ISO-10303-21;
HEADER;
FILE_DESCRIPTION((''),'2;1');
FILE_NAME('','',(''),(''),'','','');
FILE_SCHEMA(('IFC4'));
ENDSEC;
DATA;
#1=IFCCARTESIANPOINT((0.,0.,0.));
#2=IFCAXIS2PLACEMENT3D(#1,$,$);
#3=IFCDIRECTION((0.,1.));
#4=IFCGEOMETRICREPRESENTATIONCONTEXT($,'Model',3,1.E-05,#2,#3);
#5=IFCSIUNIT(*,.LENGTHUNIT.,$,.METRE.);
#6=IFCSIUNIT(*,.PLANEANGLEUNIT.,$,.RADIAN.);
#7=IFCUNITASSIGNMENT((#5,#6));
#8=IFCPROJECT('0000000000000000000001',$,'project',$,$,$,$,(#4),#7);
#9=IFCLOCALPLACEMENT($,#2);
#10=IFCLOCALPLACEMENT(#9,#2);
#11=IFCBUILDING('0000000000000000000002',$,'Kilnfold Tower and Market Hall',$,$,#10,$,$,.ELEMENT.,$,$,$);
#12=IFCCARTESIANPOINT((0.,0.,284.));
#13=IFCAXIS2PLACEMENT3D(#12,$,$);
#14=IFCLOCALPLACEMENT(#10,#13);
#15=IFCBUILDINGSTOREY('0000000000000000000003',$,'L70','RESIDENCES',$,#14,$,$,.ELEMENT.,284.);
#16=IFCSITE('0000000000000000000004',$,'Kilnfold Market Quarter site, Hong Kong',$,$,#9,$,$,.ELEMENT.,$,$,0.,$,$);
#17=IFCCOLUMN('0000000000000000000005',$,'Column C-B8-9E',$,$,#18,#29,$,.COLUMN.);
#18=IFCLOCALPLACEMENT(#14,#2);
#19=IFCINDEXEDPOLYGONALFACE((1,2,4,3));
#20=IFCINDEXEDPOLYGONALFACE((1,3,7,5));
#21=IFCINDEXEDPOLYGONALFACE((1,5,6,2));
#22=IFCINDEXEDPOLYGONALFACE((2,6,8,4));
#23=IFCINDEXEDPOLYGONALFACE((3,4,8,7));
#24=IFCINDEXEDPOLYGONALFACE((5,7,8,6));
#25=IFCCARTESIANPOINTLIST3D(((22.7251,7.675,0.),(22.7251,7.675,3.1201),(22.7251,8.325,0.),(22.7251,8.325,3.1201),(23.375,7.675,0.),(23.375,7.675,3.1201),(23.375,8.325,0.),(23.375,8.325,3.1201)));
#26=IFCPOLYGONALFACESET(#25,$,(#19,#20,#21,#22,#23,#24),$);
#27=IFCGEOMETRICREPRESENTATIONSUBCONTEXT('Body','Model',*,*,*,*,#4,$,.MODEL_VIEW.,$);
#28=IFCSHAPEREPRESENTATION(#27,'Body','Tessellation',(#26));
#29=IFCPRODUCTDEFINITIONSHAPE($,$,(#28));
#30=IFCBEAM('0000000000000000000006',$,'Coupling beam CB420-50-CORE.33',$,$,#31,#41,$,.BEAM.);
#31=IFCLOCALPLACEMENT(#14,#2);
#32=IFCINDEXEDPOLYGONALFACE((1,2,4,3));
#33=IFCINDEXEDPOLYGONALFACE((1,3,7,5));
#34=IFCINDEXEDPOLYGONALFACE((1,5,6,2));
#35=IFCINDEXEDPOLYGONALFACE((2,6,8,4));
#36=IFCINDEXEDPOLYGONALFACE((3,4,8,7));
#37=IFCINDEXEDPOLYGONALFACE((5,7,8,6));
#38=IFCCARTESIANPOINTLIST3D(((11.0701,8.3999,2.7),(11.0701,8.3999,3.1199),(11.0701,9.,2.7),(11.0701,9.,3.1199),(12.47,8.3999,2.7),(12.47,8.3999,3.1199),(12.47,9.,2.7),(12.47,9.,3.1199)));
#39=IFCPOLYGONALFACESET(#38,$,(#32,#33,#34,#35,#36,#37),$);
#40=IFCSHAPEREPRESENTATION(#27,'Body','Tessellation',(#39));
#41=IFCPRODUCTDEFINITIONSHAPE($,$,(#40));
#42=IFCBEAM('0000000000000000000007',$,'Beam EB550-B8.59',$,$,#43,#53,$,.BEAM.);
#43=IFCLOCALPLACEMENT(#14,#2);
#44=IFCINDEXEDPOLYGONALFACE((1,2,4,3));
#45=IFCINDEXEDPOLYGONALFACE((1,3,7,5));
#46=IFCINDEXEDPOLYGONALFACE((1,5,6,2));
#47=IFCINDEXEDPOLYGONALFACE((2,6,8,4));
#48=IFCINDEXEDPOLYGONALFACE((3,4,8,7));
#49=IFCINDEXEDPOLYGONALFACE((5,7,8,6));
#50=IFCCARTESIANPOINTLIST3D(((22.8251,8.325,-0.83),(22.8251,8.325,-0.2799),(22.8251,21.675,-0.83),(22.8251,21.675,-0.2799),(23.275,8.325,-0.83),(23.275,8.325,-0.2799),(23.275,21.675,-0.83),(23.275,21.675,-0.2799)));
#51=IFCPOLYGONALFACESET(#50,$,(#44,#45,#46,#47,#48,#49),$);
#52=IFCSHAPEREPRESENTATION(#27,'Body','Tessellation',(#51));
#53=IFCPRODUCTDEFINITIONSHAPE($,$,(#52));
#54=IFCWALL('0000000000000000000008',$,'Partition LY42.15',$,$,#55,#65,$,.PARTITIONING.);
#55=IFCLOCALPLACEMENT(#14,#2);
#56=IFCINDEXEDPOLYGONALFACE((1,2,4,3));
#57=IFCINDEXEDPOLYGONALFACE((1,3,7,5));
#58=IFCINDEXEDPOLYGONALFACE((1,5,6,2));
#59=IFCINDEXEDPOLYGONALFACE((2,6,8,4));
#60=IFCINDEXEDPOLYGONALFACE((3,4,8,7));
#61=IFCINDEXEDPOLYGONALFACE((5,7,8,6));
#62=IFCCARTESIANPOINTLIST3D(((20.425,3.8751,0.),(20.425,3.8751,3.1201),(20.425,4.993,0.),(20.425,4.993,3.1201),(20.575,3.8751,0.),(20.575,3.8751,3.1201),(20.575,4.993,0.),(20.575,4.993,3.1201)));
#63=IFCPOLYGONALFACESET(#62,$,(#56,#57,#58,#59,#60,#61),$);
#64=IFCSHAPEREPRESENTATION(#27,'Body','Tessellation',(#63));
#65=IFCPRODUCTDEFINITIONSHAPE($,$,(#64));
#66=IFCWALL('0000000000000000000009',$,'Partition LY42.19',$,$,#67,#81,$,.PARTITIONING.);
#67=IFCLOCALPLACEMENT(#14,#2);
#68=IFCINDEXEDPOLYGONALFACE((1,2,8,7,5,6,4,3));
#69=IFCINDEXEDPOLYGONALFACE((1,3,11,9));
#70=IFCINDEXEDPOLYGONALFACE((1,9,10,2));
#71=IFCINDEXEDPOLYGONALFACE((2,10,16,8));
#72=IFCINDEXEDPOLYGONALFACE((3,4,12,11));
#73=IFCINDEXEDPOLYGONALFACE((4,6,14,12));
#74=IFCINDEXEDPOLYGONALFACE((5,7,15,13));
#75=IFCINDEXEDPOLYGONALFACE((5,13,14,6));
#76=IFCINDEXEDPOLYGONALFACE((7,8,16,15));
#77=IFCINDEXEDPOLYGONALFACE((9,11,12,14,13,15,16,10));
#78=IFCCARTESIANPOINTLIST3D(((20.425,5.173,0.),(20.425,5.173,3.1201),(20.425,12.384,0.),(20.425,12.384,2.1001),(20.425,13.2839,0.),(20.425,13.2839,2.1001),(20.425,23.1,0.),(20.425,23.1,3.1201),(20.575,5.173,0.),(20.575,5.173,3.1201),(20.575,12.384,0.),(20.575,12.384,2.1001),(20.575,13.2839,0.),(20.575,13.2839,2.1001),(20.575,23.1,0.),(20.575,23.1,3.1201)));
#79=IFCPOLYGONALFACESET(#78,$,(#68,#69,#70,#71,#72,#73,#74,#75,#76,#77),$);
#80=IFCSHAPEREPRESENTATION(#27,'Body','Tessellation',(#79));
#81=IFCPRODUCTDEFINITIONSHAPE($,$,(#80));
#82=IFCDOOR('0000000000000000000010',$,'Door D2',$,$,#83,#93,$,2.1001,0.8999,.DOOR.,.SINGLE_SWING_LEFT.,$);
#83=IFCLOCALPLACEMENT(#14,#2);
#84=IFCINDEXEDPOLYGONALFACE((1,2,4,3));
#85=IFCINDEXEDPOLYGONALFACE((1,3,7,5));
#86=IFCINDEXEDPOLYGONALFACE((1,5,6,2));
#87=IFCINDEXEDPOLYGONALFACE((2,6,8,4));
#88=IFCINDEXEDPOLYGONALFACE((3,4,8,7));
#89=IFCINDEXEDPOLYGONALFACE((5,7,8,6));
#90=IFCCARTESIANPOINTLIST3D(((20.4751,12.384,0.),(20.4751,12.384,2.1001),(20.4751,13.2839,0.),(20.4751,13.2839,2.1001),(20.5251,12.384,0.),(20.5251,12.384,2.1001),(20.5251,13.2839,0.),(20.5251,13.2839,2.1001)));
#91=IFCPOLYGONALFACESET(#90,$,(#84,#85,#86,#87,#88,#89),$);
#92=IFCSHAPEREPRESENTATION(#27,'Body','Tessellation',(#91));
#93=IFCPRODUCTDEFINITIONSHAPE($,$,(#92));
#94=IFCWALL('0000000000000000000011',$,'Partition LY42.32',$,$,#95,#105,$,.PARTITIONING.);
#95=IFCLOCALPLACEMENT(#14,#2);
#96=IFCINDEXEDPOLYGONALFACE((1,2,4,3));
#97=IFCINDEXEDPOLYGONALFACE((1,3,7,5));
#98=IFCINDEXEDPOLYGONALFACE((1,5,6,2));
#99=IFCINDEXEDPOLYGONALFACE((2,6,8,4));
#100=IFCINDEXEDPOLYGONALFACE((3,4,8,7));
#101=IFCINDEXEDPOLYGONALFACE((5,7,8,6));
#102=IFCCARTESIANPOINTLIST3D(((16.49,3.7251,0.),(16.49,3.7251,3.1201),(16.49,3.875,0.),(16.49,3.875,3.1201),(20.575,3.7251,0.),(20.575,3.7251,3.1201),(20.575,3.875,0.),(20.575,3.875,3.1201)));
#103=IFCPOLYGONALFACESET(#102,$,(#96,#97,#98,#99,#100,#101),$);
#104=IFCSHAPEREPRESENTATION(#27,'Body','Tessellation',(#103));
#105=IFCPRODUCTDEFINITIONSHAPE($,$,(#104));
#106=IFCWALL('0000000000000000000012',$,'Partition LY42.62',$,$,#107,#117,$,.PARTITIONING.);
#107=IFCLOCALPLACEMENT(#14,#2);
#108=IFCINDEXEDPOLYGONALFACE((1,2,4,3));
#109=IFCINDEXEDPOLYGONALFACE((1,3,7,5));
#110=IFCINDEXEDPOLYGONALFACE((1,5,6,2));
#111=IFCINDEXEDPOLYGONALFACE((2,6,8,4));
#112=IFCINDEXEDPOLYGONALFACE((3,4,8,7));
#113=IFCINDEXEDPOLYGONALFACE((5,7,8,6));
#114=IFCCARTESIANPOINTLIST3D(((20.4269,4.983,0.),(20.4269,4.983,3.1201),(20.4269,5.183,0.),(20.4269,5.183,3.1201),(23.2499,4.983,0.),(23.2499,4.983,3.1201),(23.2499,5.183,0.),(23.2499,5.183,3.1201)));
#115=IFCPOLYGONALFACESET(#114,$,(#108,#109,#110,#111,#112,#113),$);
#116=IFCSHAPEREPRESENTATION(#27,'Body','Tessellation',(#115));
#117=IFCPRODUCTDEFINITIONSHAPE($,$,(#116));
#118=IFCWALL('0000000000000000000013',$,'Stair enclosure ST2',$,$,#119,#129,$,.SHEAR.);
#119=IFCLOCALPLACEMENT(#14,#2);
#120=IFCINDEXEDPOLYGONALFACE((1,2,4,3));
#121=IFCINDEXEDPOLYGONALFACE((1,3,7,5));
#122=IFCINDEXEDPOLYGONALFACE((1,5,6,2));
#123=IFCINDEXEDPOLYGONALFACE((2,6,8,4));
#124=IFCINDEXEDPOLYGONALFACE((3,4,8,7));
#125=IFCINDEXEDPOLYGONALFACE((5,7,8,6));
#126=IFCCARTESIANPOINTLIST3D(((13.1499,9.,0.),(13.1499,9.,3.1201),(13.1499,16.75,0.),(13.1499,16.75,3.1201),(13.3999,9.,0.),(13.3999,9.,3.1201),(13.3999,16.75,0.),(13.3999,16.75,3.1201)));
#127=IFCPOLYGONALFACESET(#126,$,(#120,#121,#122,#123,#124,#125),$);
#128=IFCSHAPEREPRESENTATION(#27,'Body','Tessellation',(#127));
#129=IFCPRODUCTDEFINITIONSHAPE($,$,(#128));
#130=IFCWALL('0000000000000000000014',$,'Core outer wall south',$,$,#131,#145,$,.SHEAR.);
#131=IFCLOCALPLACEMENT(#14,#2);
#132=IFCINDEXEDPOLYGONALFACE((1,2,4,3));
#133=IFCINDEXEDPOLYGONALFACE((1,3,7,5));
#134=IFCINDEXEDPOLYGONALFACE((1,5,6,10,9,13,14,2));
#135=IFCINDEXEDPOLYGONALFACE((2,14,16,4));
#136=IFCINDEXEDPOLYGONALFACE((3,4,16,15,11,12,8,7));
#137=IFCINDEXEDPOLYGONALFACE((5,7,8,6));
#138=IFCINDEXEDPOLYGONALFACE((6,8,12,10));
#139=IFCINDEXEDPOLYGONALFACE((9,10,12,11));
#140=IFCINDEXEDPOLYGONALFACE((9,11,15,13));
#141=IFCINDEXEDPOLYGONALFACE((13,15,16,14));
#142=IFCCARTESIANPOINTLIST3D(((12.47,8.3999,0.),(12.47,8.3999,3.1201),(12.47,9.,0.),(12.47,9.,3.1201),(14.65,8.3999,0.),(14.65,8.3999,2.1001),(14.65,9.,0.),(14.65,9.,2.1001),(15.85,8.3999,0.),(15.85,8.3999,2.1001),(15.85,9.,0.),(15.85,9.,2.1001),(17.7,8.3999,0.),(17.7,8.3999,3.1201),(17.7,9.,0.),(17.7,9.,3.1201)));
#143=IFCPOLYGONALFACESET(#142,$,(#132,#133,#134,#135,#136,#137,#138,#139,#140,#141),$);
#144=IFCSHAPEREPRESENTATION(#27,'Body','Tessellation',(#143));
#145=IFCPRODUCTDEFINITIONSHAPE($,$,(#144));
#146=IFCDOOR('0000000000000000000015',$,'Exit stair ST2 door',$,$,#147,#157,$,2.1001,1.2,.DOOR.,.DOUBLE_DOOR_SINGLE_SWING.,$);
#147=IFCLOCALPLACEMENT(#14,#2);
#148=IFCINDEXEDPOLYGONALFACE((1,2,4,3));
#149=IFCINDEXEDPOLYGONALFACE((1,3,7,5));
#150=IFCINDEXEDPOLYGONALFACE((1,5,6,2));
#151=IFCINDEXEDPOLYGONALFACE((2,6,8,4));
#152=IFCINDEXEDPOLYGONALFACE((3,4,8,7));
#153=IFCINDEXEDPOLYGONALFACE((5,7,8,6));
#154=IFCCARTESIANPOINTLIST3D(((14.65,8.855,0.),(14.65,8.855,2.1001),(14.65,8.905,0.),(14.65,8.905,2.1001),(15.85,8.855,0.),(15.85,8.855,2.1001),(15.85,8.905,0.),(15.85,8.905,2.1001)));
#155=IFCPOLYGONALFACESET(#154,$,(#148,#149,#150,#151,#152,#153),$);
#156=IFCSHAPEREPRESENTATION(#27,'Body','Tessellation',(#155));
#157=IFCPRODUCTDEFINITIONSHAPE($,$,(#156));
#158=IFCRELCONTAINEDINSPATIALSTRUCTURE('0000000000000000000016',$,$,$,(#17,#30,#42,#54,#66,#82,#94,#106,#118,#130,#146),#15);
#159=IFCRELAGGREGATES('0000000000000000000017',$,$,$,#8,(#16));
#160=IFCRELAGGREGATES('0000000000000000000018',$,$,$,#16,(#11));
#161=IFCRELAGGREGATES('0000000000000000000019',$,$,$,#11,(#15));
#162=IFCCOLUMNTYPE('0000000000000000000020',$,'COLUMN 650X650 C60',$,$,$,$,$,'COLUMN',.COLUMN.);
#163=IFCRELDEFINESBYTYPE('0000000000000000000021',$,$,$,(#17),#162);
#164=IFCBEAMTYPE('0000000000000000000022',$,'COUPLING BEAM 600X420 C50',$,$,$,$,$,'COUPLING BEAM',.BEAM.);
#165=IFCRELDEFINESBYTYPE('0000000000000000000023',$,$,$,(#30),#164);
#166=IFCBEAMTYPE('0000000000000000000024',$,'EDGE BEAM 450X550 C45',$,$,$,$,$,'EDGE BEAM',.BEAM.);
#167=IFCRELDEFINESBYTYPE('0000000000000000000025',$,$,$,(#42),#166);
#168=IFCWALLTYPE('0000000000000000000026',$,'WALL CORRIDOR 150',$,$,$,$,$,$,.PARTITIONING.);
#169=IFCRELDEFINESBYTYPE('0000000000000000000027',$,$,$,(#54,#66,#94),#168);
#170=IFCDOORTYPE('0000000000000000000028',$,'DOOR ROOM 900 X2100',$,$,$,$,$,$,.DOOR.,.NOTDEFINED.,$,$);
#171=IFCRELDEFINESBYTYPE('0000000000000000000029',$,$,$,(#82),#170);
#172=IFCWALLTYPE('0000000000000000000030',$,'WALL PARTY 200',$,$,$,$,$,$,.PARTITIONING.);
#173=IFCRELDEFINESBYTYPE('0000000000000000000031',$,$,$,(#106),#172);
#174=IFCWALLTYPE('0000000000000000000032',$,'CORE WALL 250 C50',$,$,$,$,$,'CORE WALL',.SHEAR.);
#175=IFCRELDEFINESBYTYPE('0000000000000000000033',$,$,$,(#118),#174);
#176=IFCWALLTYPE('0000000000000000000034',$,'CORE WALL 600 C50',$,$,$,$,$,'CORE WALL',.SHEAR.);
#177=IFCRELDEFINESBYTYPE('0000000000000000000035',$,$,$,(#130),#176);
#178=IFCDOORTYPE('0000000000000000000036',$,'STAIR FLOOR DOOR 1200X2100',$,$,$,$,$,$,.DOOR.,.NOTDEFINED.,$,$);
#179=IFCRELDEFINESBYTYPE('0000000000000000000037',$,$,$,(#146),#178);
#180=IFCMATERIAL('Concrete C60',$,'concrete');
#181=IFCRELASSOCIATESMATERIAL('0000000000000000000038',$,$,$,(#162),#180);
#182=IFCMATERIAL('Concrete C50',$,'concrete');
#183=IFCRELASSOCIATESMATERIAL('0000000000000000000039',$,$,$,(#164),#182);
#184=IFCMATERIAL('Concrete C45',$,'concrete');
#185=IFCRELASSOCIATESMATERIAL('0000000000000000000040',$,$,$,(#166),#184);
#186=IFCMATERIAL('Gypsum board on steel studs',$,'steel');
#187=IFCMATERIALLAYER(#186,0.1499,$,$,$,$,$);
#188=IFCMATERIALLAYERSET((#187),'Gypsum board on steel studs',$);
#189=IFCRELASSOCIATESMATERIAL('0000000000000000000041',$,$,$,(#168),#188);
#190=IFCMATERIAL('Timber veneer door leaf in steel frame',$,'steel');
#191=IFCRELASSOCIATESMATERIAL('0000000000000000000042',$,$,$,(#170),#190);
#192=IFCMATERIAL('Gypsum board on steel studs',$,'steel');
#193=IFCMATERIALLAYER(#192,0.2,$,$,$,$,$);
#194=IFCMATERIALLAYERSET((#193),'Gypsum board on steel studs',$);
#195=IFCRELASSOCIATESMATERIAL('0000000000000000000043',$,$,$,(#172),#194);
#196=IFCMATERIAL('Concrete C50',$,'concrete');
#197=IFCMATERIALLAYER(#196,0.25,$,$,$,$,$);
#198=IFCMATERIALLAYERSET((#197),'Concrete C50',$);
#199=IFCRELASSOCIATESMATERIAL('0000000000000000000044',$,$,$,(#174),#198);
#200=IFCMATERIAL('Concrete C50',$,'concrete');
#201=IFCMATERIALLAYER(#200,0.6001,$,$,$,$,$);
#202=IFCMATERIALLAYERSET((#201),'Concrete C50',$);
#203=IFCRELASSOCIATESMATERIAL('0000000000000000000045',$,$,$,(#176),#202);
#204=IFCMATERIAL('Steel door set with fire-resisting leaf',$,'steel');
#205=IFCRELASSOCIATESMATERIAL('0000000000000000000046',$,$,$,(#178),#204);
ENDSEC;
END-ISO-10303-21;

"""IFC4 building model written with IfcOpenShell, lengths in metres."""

from ifc_helpers import new_model, si_unit, direction, frame, frame_2d, origin, origin_2d, place, context, subcontext, project, spatial, rectangle, extrude, source, transform, mapped, material, layer, layer_set, material_profile, profile_set, type_object, element, fill, save


model = new_model("IFC4")

# Units and contexts
model_context = context("Model", 3, precision=1e-05, world=origin(), true_north=direction((0.0, 1.0)))
body_context = subcontext(model_context, "Body", "Model", "MODEL_VIEW")
ifc_project = project(units=[si_unit("LENGTHUNIT", "METRE"), si_unit("PLANEANGLEUNIT", "RADIAN")], contexts=[model_context])

# Site, building, storey
site_placement = place(None, origin())
site = spatial("IfcSite", under=ifc_project, at=site_placement, Name="Kilnfold Market Quarter site, Hong Kong", CompositionType="ELEMENT", RefElevation=0.0)
building_placement = place(site_placement, origin())
building = spatial("IfcBuilding", under=site, at=building_placement, Name="Kilnfold Tower and Market Hall", CompositionType="ELEMENT")
storey_placement = place(building_placement, frame((0.0, 0.0, 284.0)))
storey = spatial("IfcBuildingStorey", under=building, at=storey_placement, Name="L70", Description="RESIDENCES", CompositionType="ELEMENT", Elevation=284.0)

# Column
ifc_material_1 = material(Name="Concrete C60", Category="concrete")
ifc_material_profile_1 = material_profile(ifc_material_1, rectangle(XDim=0.6499, YDim=0.6499, at=origin_2d()), Name="RC 650x650")
ifc_profile_set_1 = profile_set([ifc_material_profile_1], Name="Concrete C60")
column_type = type_object("IfcColumnType", Name="COLUMN 650X650 C60", ElementType="COLUMN", PredefinedType="COLUMN", material=ifc_profile_set_1)
shared_shape_1 = source(origin(), body_context, "Body", "SweptSolid", [
    extrude(rectangle(XDim=0.6499, YDim=0.6499, at=origin_2d()), origin(), (0.0, 0.0, 1.0), 3.1201),
])
column_placement = place(storey_placement, frame((23.05, 8.0, 0.0), z_axis=(0.0, 0.0, 1.0), x_axis=(1.0, 0.0, 0.0)))
element("IfcColumn", 1, at=column_placement, inside=storey, type_object=column_type, Name="Column C-B8-9E", PredefinedType="COLUMN", context=body_context, shape_type="MappedRepresentation", body=[
    mapped(shared_shape_1, transform((0.0, 0.0, 0.0))),
])

# Beams
ifc_material_2 = material(Name="Concrete C50", Category="concrete")
ifc_material_profile_2 = material_profile(ifc_material_2, rectangle(XDim=0.6001, YDim=0.4199, at=origin_2d()), Name="RC 600x420")
ifc_profile_set_2 = profile_set([ifc_material_profile_2], Name="Concrete C50")
beam_type_1 = type_object("IfcBeamType", Name="COUPLING BEAM 600X420 C50", ElementType="COUPLING BEAM", PredefinedType="BEAM", material=ifc_profile_set_2)
shared_shape_2 = source(origin(), body_context, "Body", "SweptSolid", [
    extrude(rectangle(XDim=0.6001, YDim=0.4199, at=origin_2d()), origin(), (0.0, 0.0, 1.0), 1.3999),
])
beam_1_placement = place(storey_placement, frame((11.0701, 8.7, 2.9099), z_axis=(1.0, 0.0, 0.0), x_axis=(0.0, 1.0, 0.0)))
element("IfcBeam", 2, at=beam_1_placement, inside=storey, type_object=beam_type_1, Name="Coupling beam CB420-50-CORE.33", PredefinedType="BEAM", context=body_context, shape_type="MappedRepresentation", body=[
    mapped(shared_shape_2, transform((0.0, 0.0, 0.0))),
])
ifc_material_3 = material(Name="Concrete C45", Category="concrete")
ifc_material_profile_3 = material_profile(ifc_material_3, rectangle(XDim=0.45, YDim=0.55, at=origin_2d()), Name="RC 450x550")
ifc_profile_set_3 = profile_set([ifc_material_profile_3], Name="Concrete C45")
beam_type_2 = type_object("IfcBeamType", Name="EDGE BEAM 450X550 C45", ElementType="EDGE BEAM", PredefinedType="BEAM", material=ifc_profile_set_3)
shared_shape_3 = source(origin(), body_context, "Body", "SweptSolid", [
    extrude(rectangle(XDim=0.45, YDim=0.55, at=origin_2d()), origin(), (0.0, 0.0, 1.0), 13.3501),
])
beam_2_placement = place(storey_placement, frame((23.05, 8.325, -0.5549), z_axis=(0.0, 1.0, 0.0), x_axis=(-1.0, 0.0, 0.0)))
element("IfcBeam", 3, at=beam_2_placement, inside=storey, type_object=beam_type_2, Name="Beam EB550-B8.59", PredefinedType="BEAM", context=body_context, shape_type="MappedRepresentation", body=[
    mapped(shared_shape_3, transform((0.0, 0.0, 0.0))),
])

# Wall
ifc_material_4 = material(Name="Gypsum board on steel studs", Category="steel")
ifc_layer_1 = layer(ifc_material_4, 0.1499)
ifc_layer_set_1 = layer_set([ifc_layer_1], Name="Gypsum board on steel studs")
wall_type_1 = type_object("IfcWallType", Name="WALL CORRIDOR 150", PredefinedType="PARTITIONING", material=ifc_layer_set_1)
wall_1_placement = place(storey_placement, frame((20.5, 3.875, 0.0), z_axis=(0.0, 0.0, 1.0), x_axis=(0.0, 1.0, 0.0)))
element("IfcWall", 4, at=wall_1_placement, inside=storey, type_object=wall_type_1, Name="Partition LY42.15", PredefinedType="PARTITIONING", context=body_context, shape_type="SweptSolid", body=[
    extrude(rectangle(XDim=1.1179, YDim=0.1499, at=frame_2d((0.5591, 0.0))), origin(), (0.0, 0.0, 1.0), 3.1201),
])

# Wall, opening, door
wall_2_placement = place(storey_placement, frame((20.5, 5.1731, 0.0), z_axis=(0.0, 0.0, 1.0), x_axis=(0.0, 1.0, 0.0)))
wall_2 = element("IfcWall", 5, at=wall_2_placement, inside=storey, type_object=wall_type_1, Name="Partition LY42.19", PredefinedType="PARTITIONING", context=body_context, shape_type="SweptSolid", body=[
    extrude(rectangle(XDim=17.927, YDim=0.1499, at=frame_2d((8.9634, 0.0))), origin(), (0.0, 0.0, 1.0), 3.1201),
])
opening_1_placement = place(wall_2_placement, frame((7.2109, 0.0, 0.0)))
opening_1 = element("IfcOpeningElement", 6, at=opening_1_placement, cuts=wall_2, PredefinedType="OPENING", context=body_context, shape_type="SweptSolid", body=[
    extrude(rectangle(XDim=0.8999, YDim=2.1001, at=frame_2d((0.45, 1.05))), frame((0.0, 0.085, 0.0), z_axis=(0.0, -1.0, 0.0), x_axis=(1.0, 0.0, 0.0)), (0.0, 0.0, 1.0), 0.1699),
])
ifc_material_5 = material(Name="Timber veneer door leaf in steel frame", Category="steel")
door_type_1 = type_object("IfcDoorType", Name="DOOR ROOM 900 X2100", OperationType="NOTDEFINED", PredefinedType="DOOR", material=ifc_material_5)
door_1_placement = place(opening_1_placement, origin())
door_1 = element("IfcDoor", 7, at=door_1_placement, inside=storey, type_object=door_type_1, Name="Door D2", OperationType="SINGLE_SWING_LEFT", OverallHeight=2.1001, OverallWidth=0.8999, PredefinedType="DOOR", context=body_context, shape_type="SweptSolid", body=[
    extrude(rectangle(XDim=0.8999, YDim=2.1001, at=frame_2d((0.45, 1.05))), frame((0.0, 0.0249, 0.0), z_axis=(0.0, -1.0, 0.0), x_axis=(1.0, 0.0, 0.0)), (0.0, 0.0, 1.0), 0.05),
])
fill(opening_1, door_1)

# Walls
wall_3_placement = place(storey_placement, frame((16.49, 3.8, 0.0), z_axis=(0.0, 0.0, 1.0), x_axis=(1.0, 0.0, 0.0)))
element("IfcWall", 8, at=wall_3_placement, inside=storey, type_object=wall_type_1, Name="Partition LY42.32", PredefinedType="PARTITIONING", context=body_context, shape_type="SweptSolid", body=[
    extrude(rectangle(XDim=4.085, YDim=0.1499, at=frame_2d((2.0425, 0.0))), origin(), (0.0, 0.0, 1.0), 3.1201),
])
ifc_material_6 = material(Name="Gypsum board on steel studs", Category="steel")
ifc_layer_2 = layer(ifc_material_6, 0.2)
ifc_layer_set_2 = layer_set([ifc_layer_2], Name="Gypsum board on steel studs")
wall_type_2 = type_object("IfcWallType", Name="WALL PARTY 200", PredefinedType="PARTITIONING", material=ifc_layer_set_2)
wall_4_placement = place(storey_placement, frame((23.25, 5.083, 0.0), z_axis=(0.0, 0.0, 1.0), x_axis=(-1.0, 0.0, 0.0)))
element("IfcWall", 9, at=wall_4_placement, inside=storey, type_object=wall_type_2, Name="Partition LY42.62", PredefinedType="PARTITIONING", context=body_context, shape_type="SweptSolid", body=[
    extrude(rectangle(XDim=2.823, YDim=0.2, at=frame_2d((1.4116, 0.0))), origin(), (0.0, 0.0, 1.0), 3.1201),
])
ifc_material_7 = material(Name="Concrete C50", Category="concrete")
ifc_layer_3 = layer(ifc_material_7, 0.25)
ifc_layer_set_3 = layer_set([ifc_layer_3], Name="Concrete C50")
wall_type_3 = type_object("IfcWallType", Name="CORE WALL 250 C50", ElementType="CORE WALL", PredefinedType="SHEAR", material=ifc_layer_set_3)
shared_shape_4 = source(origin(), body_context, "Body", "SweptSolid", [
    extrude(rectangle(XDim=7.75, YDim=0.25, at=frame_2d((3.875, 0.0))), origin(), (0.0, 0.0, 1.0), 3.1201),
])
wall_5_placement = place(storey_placement, frame((13.2749, 9.0, 0.0), z_axis=(0.0, 0.0, 1.0), x_axis=(0.0, 1.0, 0.0)))
element("IfcWall", 10, at=wall_5_placement, inside=storey, type_object=wall_type_3, Name="Stair enclosure ST2", PredefinedType="SHEAR", context=body_context, shape_type="MappedRepresentation", body=[
    mapped(shared_shape_4, transform((0.0, 0.0, 0.0))),
])

# Wall, opening, door
ifc_material_8 = material(Name="Concrete C50", Category="concrete")
ifc_layer_4 = layer(ifc_material_8, 0.6001)
ifc_layer_set_4 = layer_set([ifc_layer_4], Name="Concrete C50")
wall_type_4 = type_object("IfcWallType", Name="CORE WALL 600 C50", ElementType="CORE WALL", PredefinedType="SHEAR", material=ifc_layer_set_4)
shared_shape_5 = source(origin(), body_context, "Body", "SweptSolid", [
    extrude(rectangle(XDim=5.23, YDim=0.6001, at=frame_2d((2.615, 0.0))), origin(), (0.0, 0.0, 1.0), 3.1201),
])
wall_6_placement = place(storey_placement, frame((12.47, 8.7, 0.0), z_axis=(0.0, 0.0, 1.0), x_axis=(1.0, 0.0, 0.0)))
wall_6 = element("IfcWall", 11, at=wall_6_placement, inside=storey, type_object=wall_type_4, Name="Core outer wall south", PredefinedType="SHEAR", context=body_context, shape_type="MappedRepresentation", body=[
    mapped(shared_shape_5, transform((0.0, 0.0, 0.0))),
])
opening_2_placement = place(wall_6_placement, frame((2.1799, 0.0, 0.0)))
opening_2 = element("IfcOpeningElement", 12, at=opening_2_placement, cuts=wall_6, PredefinedType="OPENING", context=body_context, shape_type="SweptSolid", body=[
    extrude(rectangle(XDim=1.2, YDim=2.1001, at=frame_2d((0.6001, 1.05))), frame((0.0, 0.3101, 0.0), z_axis=(0.0, -1.0, 0.0), x_axis=(1.0, 0.0, 0.0)), (0.0, 0.0, 1.0), 0.6201),
])
ifc_material_9 = material(Name="Steel door set with fire-resisting leaf", Category="steel")
door_type_2 = type_object("IfcDoorType", Name="STAIR FLOOR DOOR 1200X2100", OperationType="NOTDEFINED", PredefinedType="DOOR", material=ifc_material_9)
door_2_placement = place(opening_2_placement, origin())
door_2 = element("IfcDoor", 13, at=door_2_placement, inside=storey, type_object=door_type_2, Name="Exit stair ST2 door", OperationType="DOUBLE_DOOR_SINGLE_SWING", OverallHeight=2.1001, OverallWidth=1.2, PredefinedType="DOOR", context=body_context, shape_type="SweptSolid", body=[
    extrude(rectangle(XDim=1.2, YDim=2.1001, at=frame_2d((0.6001, 1.05))), frame((0.0, 0.2051, 0.0), z_axis=(0.0, -1.0, 0.0), x_axis=(1.0, 0.0, 0.0)), (0.0, 0.0, 1.0), 0.05),
])
fill(opening_2, door_2)

save(model, "model.ifc")
